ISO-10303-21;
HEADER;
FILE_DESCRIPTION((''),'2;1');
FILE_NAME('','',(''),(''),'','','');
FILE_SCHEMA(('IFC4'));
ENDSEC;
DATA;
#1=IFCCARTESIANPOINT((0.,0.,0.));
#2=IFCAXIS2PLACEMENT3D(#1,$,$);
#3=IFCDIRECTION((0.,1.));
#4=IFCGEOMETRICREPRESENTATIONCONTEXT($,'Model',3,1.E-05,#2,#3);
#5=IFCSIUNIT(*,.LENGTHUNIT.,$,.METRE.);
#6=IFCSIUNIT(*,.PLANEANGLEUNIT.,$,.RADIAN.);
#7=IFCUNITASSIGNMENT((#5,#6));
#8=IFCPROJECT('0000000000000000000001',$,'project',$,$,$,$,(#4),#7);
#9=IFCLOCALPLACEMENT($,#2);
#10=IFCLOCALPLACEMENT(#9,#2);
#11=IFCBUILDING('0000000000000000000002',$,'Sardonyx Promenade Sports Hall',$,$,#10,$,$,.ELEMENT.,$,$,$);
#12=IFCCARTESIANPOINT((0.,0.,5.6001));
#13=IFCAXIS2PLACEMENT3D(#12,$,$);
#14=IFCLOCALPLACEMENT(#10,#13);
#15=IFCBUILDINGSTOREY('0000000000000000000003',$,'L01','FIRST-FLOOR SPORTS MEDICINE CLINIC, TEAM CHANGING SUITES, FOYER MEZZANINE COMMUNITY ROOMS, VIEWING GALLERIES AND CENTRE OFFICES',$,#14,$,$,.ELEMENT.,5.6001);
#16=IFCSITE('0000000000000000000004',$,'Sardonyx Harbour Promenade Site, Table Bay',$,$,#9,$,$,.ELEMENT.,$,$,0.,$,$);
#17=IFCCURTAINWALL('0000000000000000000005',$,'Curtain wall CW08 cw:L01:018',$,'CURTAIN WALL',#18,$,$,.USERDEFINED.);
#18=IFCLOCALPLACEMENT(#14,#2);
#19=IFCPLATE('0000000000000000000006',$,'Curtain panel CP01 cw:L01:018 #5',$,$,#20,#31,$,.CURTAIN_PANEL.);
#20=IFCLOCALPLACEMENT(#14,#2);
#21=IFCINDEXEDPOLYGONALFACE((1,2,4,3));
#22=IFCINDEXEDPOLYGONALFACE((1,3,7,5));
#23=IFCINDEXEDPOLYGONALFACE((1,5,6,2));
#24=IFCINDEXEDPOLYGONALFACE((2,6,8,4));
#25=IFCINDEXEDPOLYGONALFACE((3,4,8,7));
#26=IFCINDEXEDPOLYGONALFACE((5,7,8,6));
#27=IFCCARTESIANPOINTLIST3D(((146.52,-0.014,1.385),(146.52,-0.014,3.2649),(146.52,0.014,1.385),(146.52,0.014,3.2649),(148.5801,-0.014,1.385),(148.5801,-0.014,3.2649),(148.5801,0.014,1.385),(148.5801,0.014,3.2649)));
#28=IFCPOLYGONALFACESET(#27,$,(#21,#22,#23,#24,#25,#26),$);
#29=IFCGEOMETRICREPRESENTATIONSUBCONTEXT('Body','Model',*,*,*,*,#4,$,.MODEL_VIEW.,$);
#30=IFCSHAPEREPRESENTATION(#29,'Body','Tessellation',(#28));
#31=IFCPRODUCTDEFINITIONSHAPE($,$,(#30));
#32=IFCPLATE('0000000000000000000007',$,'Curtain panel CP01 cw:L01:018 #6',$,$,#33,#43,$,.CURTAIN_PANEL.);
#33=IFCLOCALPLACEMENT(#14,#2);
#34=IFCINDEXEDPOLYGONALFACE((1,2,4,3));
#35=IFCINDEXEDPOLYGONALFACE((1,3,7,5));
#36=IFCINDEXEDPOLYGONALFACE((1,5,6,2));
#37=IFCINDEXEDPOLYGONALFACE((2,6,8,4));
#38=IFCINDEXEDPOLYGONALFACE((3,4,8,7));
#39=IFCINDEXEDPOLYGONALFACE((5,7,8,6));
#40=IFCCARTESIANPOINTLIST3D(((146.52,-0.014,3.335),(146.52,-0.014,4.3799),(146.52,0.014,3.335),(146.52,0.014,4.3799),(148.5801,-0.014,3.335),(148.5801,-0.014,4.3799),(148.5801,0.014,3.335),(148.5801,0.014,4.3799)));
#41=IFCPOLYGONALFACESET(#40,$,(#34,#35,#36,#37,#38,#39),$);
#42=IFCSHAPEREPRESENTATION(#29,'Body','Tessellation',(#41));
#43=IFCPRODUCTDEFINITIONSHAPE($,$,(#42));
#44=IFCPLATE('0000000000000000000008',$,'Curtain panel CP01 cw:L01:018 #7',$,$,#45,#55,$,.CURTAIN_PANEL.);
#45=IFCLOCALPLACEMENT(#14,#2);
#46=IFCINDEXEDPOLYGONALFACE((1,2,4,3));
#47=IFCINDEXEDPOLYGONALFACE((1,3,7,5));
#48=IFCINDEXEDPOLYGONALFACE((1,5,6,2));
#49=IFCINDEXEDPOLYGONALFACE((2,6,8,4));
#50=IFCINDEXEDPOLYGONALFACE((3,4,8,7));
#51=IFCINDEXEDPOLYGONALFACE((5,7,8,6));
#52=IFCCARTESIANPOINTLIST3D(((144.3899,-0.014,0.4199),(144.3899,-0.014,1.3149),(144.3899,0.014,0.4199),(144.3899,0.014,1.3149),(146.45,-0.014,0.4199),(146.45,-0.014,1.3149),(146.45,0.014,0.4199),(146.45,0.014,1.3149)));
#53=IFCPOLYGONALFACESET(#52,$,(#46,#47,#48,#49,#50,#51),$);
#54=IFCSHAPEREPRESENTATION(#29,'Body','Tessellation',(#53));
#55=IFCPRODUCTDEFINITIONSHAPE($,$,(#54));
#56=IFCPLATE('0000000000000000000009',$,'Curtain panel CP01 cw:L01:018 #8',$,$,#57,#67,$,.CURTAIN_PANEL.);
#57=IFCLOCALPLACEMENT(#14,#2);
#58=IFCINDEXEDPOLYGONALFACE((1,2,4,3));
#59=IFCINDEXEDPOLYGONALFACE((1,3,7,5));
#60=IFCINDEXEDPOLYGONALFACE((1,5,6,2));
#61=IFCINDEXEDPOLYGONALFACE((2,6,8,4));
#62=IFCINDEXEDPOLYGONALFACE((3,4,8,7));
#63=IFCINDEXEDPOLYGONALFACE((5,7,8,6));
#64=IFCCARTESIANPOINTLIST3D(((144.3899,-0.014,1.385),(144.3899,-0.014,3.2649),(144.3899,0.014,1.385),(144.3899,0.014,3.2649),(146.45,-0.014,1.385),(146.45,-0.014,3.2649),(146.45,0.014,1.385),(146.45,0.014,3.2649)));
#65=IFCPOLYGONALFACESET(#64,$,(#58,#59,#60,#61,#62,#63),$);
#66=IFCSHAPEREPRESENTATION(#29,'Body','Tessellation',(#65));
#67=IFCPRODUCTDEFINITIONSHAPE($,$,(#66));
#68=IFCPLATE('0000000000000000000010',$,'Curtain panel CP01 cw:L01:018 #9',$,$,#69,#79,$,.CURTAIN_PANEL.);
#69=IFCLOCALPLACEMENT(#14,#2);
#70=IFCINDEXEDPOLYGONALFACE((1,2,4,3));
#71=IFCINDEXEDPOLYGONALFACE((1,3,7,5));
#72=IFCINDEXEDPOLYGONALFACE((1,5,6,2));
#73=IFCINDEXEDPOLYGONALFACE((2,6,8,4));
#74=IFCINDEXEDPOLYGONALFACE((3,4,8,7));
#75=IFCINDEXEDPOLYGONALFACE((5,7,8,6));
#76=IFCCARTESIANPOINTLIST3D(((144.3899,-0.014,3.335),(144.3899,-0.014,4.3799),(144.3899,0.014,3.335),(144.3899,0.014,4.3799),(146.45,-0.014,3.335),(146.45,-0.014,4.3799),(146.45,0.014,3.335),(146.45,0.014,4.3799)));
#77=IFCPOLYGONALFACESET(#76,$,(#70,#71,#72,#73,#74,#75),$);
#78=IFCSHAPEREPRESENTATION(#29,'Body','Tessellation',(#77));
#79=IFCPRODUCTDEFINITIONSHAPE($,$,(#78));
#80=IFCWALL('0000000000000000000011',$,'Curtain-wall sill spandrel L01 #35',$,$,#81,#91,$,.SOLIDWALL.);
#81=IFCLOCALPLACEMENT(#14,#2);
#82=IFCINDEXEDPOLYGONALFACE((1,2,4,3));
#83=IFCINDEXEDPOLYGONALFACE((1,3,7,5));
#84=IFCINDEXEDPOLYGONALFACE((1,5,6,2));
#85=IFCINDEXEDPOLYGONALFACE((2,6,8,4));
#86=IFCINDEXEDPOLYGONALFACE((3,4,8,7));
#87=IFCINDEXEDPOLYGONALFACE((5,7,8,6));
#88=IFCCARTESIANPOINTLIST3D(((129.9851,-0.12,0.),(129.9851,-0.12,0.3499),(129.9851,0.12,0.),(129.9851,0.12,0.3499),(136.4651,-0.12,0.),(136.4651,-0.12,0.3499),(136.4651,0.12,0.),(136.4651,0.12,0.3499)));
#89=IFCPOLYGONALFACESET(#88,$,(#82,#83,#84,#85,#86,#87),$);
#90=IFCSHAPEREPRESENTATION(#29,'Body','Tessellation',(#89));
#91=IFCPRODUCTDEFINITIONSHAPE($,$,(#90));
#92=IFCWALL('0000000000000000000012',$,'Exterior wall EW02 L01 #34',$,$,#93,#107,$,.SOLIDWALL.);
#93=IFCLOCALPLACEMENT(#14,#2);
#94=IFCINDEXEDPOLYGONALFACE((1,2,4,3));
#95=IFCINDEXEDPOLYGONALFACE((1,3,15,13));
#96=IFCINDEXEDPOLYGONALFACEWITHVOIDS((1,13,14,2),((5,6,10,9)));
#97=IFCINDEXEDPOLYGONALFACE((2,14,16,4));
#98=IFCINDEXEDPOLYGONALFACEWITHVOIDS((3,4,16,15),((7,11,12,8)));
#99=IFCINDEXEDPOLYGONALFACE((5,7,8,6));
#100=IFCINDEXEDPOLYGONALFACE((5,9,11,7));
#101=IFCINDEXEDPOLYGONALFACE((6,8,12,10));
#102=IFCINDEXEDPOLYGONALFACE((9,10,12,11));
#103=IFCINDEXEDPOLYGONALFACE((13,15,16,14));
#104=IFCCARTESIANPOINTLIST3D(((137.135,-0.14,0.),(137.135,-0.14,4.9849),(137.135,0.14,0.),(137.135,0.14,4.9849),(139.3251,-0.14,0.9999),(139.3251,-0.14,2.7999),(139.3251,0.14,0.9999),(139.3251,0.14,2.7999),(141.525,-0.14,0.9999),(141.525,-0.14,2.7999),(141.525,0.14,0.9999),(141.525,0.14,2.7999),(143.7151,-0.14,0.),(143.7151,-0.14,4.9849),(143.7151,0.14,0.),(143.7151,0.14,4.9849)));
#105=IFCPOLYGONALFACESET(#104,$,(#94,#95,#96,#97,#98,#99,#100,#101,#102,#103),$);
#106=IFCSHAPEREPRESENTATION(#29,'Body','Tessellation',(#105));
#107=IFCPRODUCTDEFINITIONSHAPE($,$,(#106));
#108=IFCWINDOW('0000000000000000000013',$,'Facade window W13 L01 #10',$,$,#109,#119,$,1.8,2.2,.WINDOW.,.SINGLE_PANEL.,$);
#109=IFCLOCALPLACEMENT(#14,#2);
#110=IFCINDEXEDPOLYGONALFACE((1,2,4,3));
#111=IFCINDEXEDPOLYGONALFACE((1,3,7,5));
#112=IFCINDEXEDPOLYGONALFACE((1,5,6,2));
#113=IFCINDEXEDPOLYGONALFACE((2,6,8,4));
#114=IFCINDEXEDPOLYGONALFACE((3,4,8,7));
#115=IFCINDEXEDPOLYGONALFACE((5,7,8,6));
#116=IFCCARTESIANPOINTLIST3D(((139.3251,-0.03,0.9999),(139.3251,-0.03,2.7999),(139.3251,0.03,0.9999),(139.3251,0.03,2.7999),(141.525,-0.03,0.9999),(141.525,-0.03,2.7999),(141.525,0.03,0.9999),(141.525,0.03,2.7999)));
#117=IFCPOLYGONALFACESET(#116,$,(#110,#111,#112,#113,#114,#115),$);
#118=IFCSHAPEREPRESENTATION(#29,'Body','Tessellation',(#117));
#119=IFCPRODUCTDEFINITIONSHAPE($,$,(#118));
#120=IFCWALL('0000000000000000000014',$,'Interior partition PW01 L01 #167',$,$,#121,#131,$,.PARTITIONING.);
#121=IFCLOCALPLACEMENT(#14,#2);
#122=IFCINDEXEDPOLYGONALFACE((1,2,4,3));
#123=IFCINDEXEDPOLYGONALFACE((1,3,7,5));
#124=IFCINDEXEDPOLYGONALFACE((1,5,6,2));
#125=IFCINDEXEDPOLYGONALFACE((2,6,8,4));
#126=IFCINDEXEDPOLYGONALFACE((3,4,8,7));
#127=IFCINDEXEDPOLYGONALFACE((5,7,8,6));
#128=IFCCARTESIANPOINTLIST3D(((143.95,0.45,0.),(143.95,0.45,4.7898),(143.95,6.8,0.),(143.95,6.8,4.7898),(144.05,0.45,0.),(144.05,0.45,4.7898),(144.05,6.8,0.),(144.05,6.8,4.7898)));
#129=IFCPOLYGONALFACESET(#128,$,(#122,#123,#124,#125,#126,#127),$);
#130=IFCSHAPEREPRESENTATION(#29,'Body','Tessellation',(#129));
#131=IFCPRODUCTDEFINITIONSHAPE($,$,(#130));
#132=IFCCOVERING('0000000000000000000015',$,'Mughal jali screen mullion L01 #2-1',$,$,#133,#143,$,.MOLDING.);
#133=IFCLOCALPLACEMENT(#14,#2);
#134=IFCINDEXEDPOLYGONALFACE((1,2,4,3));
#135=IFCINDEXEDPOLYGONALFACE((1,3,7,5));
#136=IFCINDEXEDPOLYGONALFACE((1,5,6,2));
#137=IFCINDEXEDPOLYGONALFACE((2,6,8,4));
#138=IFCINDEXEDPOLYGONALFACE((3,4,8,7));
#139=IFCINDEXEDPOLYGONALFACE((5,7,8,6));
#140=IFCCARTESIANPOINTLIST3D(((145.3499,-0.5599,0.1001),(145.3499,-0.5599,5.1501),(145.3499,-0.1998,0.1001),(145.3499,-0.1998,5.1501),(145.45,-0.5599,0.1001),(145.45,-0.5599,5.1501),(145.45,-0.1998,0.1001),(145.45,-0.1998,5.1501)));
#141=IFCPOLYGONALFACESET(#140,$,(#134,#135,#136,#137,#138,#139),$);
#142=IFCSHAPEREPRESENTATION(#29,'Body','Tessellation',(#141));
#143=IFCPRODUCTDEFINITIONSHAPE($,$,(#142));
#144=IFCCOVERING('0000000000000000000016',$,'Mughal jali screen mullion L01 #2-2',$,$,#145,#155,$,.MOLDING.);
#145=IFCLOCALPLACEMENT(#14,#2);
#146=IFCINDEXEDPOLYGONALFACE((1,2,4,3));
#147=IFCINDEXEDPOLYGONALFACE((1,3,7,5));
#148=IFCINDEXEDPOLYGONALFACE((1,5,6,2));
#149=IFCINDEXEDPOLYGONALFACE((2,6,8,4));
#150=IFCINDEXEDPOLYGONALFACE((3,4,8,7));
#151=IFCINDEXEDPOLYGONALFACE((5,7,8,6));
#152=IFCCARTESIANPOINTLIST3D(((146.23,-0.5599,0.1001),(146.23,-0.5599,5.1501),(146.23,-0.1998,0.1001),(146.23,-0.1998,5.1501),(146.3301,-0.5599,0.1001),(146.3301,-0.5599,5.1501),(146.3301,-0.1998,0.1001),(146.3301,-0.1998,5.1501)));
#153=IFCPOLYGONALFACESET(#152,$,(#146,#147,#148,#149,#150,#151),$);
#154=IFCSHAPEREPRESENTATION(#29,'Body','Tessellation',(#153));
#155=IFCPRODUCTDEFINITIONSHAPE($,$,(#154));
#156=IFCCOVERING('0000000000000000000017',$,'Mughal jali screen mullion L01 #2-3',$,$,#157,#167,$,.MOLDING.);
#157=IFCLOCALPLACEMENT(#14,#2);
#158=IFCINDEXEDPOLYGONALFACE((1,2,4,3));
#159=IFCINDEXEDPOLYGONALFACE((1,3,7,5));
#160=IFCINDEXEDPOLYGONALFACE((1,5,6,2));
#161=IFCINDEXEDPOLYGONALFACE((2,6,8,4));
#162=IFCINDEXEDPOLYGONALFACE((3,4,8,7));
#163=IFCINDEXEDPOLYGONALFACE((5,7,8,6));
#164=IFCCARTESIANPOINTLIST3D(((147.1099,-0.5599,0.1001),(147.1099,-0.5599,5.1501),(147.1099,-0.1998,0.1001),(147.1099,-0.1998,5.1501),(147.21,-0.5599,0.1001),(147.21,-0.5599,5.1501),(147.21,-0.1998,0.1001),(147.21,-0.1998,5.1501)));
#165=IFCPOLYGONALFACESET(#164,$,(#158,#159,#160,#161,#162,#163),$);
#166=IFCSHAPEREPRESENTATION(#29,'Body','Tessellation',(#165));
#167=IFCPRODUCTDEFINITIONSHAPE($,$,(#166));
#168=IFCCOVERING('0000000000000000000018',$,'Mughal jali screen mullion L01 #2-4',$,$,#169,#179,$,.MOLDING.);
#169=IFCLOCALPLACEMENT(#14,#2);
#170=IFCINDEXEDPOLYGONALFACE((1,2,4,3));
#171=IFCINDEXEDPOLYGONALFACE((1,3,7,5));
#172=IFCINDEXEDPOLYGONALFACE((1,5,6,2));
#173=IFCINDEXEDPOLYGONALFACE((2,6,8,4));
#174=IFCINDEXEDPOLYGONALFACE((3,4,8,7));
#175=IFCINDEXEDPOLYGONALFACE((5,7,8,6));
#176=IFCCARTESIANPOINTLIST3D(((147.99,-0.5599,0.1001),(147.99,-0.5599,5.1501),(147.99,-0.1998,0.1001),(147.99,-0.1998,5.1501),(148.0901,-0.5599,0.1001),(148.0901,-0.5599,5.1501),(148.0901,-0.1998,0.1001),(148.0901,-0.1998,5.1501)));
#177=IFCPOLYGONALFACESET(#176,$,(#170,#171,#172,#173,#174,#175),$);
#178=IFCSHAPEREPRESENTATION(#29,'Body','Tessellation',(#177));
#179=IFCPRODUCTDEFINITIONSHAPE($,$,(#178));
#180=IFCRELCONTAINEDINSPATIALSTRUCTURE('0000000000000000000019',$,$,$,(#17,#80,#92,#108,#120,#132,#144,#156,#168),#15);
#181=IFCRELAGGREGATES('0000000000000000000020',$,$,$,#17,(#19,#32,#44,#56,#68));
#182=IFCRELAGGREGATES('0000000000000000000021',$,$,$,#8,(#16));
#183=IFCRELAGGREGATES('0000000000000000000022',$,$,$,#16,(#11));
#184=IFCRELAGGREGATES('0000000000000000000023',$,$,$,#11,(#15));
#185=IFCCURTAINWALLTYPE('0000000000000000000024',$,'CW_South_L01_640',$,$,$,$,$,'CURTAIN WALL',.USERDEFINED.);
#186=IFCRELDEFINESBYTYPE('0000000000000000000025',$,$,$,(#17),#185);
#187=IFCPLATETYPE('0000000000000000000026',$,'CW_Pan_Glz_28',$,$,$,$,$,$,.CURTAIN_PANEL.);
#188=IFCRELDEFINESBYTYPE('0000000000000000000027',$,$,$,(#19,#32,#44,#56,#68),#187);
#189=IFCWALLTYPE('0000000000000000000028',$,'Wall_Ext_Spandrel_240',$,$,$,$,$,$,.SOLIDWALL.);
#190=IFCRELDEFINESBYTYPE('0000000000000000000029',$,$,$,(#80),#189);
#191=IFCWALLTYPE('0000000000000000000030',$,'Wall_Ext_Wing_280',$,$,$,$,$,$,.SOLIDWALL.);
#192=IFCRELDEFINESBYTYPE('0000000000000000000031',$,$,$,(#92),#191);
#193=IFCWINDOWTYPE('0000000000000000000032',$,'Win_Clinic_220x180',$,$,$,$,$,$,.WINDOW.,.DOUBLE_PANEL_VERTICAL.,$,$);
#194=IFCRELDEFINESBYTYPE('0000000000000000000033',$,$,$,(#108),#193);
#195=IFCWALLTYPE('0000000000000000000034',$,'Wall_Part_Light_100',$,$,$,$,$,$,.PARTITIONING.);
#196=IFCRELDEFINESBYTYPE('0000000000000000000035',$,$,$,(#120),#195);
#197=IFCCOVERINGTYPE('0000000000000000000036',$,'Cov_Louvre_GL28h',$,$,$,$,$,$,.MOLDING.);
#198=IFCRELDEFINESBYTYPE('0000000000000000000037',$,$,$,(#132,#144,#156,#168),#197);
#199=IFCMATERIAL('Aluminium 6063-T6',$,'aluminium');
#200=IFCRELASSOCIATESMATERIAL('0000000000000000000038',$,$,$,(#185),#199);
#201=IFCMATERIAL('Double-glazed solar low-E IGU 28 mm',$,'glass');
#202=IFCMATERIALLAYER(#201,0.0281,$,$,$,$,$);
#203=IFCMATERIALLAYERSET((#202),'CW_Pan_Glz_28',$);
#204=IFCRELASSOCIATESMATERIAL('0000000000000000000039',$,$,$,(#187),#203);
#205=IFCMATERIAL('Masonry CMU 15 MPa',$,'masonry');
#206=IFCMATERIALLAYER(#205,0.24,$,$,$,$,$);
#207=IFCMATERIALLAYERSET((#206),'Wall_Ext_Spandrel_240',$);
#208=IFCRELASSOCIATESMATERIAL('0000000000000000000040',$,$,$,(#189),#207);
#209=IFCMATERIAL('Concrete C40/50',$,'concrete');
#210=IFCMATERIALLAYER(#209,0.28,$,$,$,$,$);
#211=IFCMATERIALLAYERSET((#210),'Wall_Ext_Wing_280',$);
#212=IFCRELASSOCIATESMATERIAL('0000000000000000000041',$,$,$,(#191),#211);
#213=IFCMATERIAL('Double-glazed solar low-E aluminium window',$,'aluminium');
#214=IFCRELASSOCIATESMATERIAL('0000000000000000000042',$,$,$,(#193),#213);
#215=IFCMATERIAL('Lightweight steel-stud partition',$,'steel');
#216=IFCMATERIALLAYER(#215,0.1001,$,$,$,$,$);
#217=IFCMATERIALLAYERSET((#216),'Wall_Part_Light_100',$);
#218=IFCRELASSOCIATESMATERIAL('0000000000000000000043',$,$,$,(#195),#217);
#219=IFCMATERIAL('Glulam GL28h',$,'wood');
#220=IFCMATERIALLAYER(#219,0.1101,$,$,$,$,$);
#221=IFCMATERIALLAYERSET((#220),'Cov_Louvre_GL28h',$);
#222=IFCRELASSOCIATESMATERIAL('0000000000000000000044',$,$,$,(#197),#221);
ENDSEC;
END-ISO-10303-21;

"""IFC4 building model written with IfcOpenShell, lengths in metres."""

from ifc_helpers import new_model, si_unit, direction, frame, frame_2d, origin, origin_2d, place, context, subcontext, project, spatial, rectangle, extrude, material, layer, layer_set, type_object, element, fill, aggregate, save


model = new_model("IFC4")

# Units and contexts
model_context = context("Model", 3, precision=1e-05, world=origin(), true_north=direction((0.0, 1.0)))
body_context = subcontext(model_context, "Body", "Model", "MODEL_VIEW")
ifc_project = project(units=[si_unit("LENGTHUNIT", "METRE"), si_unit("PLANEANGLEUNIT", "RADIAN")], contexts=[model_context])

# Site, building, storey
site_placement = place(None, origin())
site = spatial("IfcSite", under=ifc_project, at=site_placement, Name="Sardonyx Harbour Promenade Site, Table Bay", CompositionType="ELEMENT", RefElevation=0.0)
building_placement = place(site_placement, origin())
building = spatial("IfcBuilding", under=site, at=building_placement, Name="Sardonyx Promenade Sports Hall", CompositionType="ELEMENT")
storey_placement = place(building_placement, frame((0.0, 0.0, 5.6001)))
storey = spatial("IfcBuildingStorey", under=building, at=storey_placement, Name="L01", Description="FIRST-FLOOR SPORTS MEDICINE CLINIC, TEAM CHANGING SUITES, FOYER MEZZANINE COMMUNITY ROOMS, VIEWING GALLERIES AND CENTRE OFFICES", CompositionType="ELEMENT", Elevation=5.6001)

# Curtain wall, plates
ifc_material_1 = material(Name="Aluminium 6063-T6", Category="aluminium")
curtain_wall_type = type_object("IfcCurtainWallType", Name="CW_South_L01_640", ElementType="CURTAIN WALL", PredefinedType="USERDEFINED", material=ifc_material_1)
curtain_wall_placement = place(storey_placement, origin())
curtain_wall = element("IfcCurtainWall", 1, at=curtain_wall_placement, inside=storey, type_object=curtain_wall_type, Name="Curtain wall CW08 cw:L01:018", ObjectType="CURTAIN WALL", PredefinedType="USERDEFINED")
ifc_material_2 = material(Name="Double-glazed solar low-E IGU 28 mm", Category="glass")
ifc_layer_1 = layer(ifc_material_2, 0.0281)
ifc_layer_set_1 = layer_set([ifc_layer_1], Name="CW_Pan_Glz_28")
plate_type = type_object("IfcPlateType", Name="CW_Pan_Glz_28", PredefinedType="CURTAIN_PANEL", material=ifc_layer_set_1)
plate_1_placement = place(storey_placement, frame((147.55, 0.0, 1.385), z_axis=(0.0, 0.0, 1.0), x_axis=(-1.0, 0.0, 0.0)))
plate_1 = element("IfcPlate", 2, at=plate_1_placement, type_object=plate_type, Name="Curtain panel CP01 cw:L01:018 #5", PredefinedType="CURTAIN_PANEL", context=body_context, shape_type="SweptSolid", body=[
    extrude(rectangle(XDim=2.0601, YDim=0.0281, at=origin_2d()), origin(), (0.0, 0.0, 1.0), 1.8799),
])
plate_2_placement = place(storey_placement, frame((147.55, 0.0, 3.335), z_axis=(0.0, 0.0, 1.0), x_axis=(-1.0, 0.0, 0.0)))
plate_2 = element("IfcPlate", 3, at=plate_2_placement, type_object=plate_type, Name="Curtain panel CP01 cw:L01:018 #6", PredefinedType="CURTAIN_PANEL", context=body_context, shape_type="SweptSolid", body=[
    extrude(rectangle(XDim=2.0601, YDim=0.0281, at=origin_2d()), origin(), (0.0, 0.0, 1.0), 1.0449),
])
plate_3_placement = place(storey_placement, frame((145.4199, 0.0, 0.4199), z_axis=(0.0, 0.0, 1.0), x_axis=(-1.0, 0.0, 0.0)))
plate_3 = element("IfcPlate", 4, at=plate_3_placement, type_object=plate_type, Name="Curtain panel CP01 cw:L01:018 #7", PredefinedType="CURTAIN_PANEL", context=body_context, shape_type="SweptSolid", body=[
    extrude(rectangle(XDim=2.0601, YDim=0.0281, at=origin_2d()), origin(), (0.0, 0.0, 1.0), 0.895),
])
plate_4_placement = place(storey_placement, frame((145.4199, 0.0, 1.385), z_axis=(0.0, 0.0, 1.0), x_axis=(-1.0, 0.0, 0.0)))
plate_4 = element("IfcPlate", 5, at=plate_4_placement, type_object=plate_type, Name="Curtain panel CP01 cw:L01:018 #8", PredefinedType="CURTAIN_PANEL", context=body_context, shape_type="SweptSolid", body=[
    extrude(rectangle(XDim=2.0601, YDim=0.0281, at=origin_2d()), origin(), (0.0, 0.0, 1.0), 1.8799),
])
plate_5_placement = place(storey_placement, frame((145.4199, 0.0, 3.335), z_axis=(0.0, 0.0, 1.0), x_axis=(-1.0, 0.0, 0.0)))
plate_5 = element("IfcPlate", 6, at=plate_5_placement, type_object=plate_type, Name="Curtain panel CP01 cw:L01:018 #9", PredefinedType="CURTAIN_PANEL", context=body_context, shape_type="SweptSolid", body=[
    extrude(rectangle(XDim=2.0601, YDim=0.0281, at=origin_2d()), origin(), (0.0, 0.0, 1.0), 1.0449),
])
aggregate(curtain_wall, [plate_1, plate_2, plate_3, plate_4, plate_5])

# Wall
ifc_material_3 = material(Name="Masonry CMU 15 MPa", Category="masonry")
ifc_layer_2 = layer(ifc_material_3, 0.24)
ifc_layer_set_2 = layer_set([ifc_layer_2], Name="Wall_Ext_Spandrel_240")
wall_type_1 = type_object("IfcWallType", Name="Wall_Ext_Spandrel_240", PredefinedType="SOLIDWALL", material=ifc_layer_set_2)
wall_1_placement = place(storey_placement, frame((136.4651, 0.0, 0.0), z_axis=(0.0, 0.0, 1.0), x_axis=(-1.0, 0.0, 0.0)))
element("IfcWall", 7, at=wall_1_placement, inside=storey, type_object=wall_type_1, Name="Curtain-wall sill spandrel L01 #35", PredefinedType="SOLIDWALL", context=body_context, shape_type="SweptSolid", body=[
    extrude(rectangle(XDim=6.48, YDim=0.24, at=frame_2d((3.24, 0.0))), origin(), (0.0, 0.0, 1.0), 0.3499),
])

# Wall, opening, window
ifc_material_4 = material(Name="Concrete C40/50", Category="concrete")
ifc_layer_3 = layer(ifc_material_4, 0.28)
ifc_layer_set_3 = layer_set([ifc_layer_3], Name="Wall_Ext_Wing_280")
wall_type_2 = type_object("IfcWallType", Name="Wall_Ext_Wing_280", PredefinedType="SOLIDWALL", material=ifc_layer_set_3)
wall_2_placement = place(storey_placement, frame((143.7151, 0.0, 0.0), z_axis=(0.0, 0.0, 1.0), x_axis=(-1.0, 0.0, 0.0)))
wall_2 = element("IfcWall", 8, at=wall_2_placement, inside=storey, type_object=wall_type_2, Name="Exterior wall EW02 L01 #34", PredefinedType="SOLIDWALL", context=body_context, shape_type="SweptSolid", body=[
    extrude(rectangle(XDim=6.5801, YDim=0.28, at=frame_2d((3.29, 0.0))), origin(), (0.0, 0.0, 1.0), 4.9849),
])
opening_placement = place(wall_2_placement, frame((2.1899, 0.0, 1.0)))
opening = element("IfcOpeningElement", 9, at=opening_placement, cuts=wall_2, PredefinedType="OPENING", context=body_context, shape_type="SweptSolid", body=[
    extrude(rectangle(XDim=2.2, YDim=1.8, at=frame_2d((1.1001, 0.8999))), frame((0.0, 0.15, 0.0), z_axis=(0.0, -1.0, 0.0), x_axis=(1.0, 0.0, 0.0)), (0.0, 0.0, 1.0), 0.3),
])
ifc_material_5 = material(Name="Double-glazed solar low-E aluminium window", Category="aluminium")
window_type = type_object("IfcWindowType", Name="Win_Clinic_220x180", PartitioningType="DOUBLE_PANEL_VERTICAL", PredefinedType="WINDOW", material=ifc_material_5)
window_placement = place(opening_placement, origin())
window = element("IfcWindow", 10, at=window_placement, inside=storey, type_object=window_type, Name="Facade window W13 L01 #10", OverallHeight=1.8, OverallWidth=2.2, PartitioningType="SINGLE_PANEL", PredefinedType="WINDOW", context=body_context, shape_type="SweptSolid", body=[
    extrude(rectangle(XDim=2.2, YDim=1.8, at=frame_2d((1.1001, 0.8999))), frame((0.0, 0.03, 0.0), z_axis=(0.0, -1.0, 0.0), x_axis=(1.0, 0.0, 0.0)), (0.0, 0.0, 1.0), 0.0601),
])
fill(opening, window)

# Wall
ifc_material_6 = material(Name="Lightweight steel-stud partition", Category="steel")
ifc_layer_4 = layer(ifc_material_6, 0.1001)
ifc_layer_set_4 = layer_set([ifc_layer_4], Name="Wall_Part_Light_100")
wall_type_3 = type_object("IfcWallType", Name="Wall_Part_Light_100", PredefinedType="PARTITIONING", material=ifc_layer_set_4)
wall_3_placement = place(storey_placement, frame((144.0, 0.45, 0.0), z_axis=(0.0, 0.0, 1.0), x_axis=(0.0, 1.0, 0.0)))
element("IfcWall", 11, at=wall_3_placement, inside=storey, type_object=wall_type_3, Name="Interior partition PW01 L01 #167", PredefinedType="PARTITIONING", context=body_context, shape_type="SweptSolid", body=[
    extrude(rectangle(XDim=6.3501, YDim=0.1001, at=frame_2d((3.175, 0.0))), origin(), (0.0, 0.0, 1.0), 4.7898),
])

# Coverings
ifc_material_7 = material(Name="Glulam GL28h", Category="wood")
ifc_layer_5 = layer(ifc_material_7, 0.1101)
ifc_layer_set_5 = layer_set([ifc_layer_5], Name="Cov_Louvre_GL28h")
covering_type = type_object("IfcCoveringType", Name="Cov_Louvre_GL28h", PredefinedType="MOLDING", material=ifc_layer_set_5)
for number, where, z_axis, x_axis, name in (
    (12, (145.3999, -0.3799, 0.1001), (0.0, 0.0, 1.0), (1.0, 0.0, 0.0), "Mughal jali screen mullion L01 #2-1"),
    (13, (146.28, -0.3799, 0.1001), (0.0, 0.0, 1.0), (1.0, 0.0, 0.0), "Mughal jali screen mullion L01 #2-2"),
    (14, (147.1599, -0.3799, 0.1001), (0.0, 0.0, 1.0), (1.0, 0.0, 0.0), "Mughal jali screen mullion L01 #2-3"),
    (15, (148.04, -0.3799, 0.1001), (0.0, 0.0, 1.0), (1.0, 0.0, 0.0), "Mughal jali screen mullion L01 #2-4"),
):
    element("IfcCovering", number, at=place(storey_placement, frame(where, z_axis=z_axis, x_axis=x_axis)), inside=storey, type_object=covering_type, Name=name, PredefinedType="MOLDING", context=body_context, shape_type="SweptSolid", body=[
        extrude(rectangle(XDim=0.1001, YDim=0.3601, at=origin_2d()), origin(), (0.0, 0.0, 1.0), 5.05),
    ])

save(model, "model.ifc")
